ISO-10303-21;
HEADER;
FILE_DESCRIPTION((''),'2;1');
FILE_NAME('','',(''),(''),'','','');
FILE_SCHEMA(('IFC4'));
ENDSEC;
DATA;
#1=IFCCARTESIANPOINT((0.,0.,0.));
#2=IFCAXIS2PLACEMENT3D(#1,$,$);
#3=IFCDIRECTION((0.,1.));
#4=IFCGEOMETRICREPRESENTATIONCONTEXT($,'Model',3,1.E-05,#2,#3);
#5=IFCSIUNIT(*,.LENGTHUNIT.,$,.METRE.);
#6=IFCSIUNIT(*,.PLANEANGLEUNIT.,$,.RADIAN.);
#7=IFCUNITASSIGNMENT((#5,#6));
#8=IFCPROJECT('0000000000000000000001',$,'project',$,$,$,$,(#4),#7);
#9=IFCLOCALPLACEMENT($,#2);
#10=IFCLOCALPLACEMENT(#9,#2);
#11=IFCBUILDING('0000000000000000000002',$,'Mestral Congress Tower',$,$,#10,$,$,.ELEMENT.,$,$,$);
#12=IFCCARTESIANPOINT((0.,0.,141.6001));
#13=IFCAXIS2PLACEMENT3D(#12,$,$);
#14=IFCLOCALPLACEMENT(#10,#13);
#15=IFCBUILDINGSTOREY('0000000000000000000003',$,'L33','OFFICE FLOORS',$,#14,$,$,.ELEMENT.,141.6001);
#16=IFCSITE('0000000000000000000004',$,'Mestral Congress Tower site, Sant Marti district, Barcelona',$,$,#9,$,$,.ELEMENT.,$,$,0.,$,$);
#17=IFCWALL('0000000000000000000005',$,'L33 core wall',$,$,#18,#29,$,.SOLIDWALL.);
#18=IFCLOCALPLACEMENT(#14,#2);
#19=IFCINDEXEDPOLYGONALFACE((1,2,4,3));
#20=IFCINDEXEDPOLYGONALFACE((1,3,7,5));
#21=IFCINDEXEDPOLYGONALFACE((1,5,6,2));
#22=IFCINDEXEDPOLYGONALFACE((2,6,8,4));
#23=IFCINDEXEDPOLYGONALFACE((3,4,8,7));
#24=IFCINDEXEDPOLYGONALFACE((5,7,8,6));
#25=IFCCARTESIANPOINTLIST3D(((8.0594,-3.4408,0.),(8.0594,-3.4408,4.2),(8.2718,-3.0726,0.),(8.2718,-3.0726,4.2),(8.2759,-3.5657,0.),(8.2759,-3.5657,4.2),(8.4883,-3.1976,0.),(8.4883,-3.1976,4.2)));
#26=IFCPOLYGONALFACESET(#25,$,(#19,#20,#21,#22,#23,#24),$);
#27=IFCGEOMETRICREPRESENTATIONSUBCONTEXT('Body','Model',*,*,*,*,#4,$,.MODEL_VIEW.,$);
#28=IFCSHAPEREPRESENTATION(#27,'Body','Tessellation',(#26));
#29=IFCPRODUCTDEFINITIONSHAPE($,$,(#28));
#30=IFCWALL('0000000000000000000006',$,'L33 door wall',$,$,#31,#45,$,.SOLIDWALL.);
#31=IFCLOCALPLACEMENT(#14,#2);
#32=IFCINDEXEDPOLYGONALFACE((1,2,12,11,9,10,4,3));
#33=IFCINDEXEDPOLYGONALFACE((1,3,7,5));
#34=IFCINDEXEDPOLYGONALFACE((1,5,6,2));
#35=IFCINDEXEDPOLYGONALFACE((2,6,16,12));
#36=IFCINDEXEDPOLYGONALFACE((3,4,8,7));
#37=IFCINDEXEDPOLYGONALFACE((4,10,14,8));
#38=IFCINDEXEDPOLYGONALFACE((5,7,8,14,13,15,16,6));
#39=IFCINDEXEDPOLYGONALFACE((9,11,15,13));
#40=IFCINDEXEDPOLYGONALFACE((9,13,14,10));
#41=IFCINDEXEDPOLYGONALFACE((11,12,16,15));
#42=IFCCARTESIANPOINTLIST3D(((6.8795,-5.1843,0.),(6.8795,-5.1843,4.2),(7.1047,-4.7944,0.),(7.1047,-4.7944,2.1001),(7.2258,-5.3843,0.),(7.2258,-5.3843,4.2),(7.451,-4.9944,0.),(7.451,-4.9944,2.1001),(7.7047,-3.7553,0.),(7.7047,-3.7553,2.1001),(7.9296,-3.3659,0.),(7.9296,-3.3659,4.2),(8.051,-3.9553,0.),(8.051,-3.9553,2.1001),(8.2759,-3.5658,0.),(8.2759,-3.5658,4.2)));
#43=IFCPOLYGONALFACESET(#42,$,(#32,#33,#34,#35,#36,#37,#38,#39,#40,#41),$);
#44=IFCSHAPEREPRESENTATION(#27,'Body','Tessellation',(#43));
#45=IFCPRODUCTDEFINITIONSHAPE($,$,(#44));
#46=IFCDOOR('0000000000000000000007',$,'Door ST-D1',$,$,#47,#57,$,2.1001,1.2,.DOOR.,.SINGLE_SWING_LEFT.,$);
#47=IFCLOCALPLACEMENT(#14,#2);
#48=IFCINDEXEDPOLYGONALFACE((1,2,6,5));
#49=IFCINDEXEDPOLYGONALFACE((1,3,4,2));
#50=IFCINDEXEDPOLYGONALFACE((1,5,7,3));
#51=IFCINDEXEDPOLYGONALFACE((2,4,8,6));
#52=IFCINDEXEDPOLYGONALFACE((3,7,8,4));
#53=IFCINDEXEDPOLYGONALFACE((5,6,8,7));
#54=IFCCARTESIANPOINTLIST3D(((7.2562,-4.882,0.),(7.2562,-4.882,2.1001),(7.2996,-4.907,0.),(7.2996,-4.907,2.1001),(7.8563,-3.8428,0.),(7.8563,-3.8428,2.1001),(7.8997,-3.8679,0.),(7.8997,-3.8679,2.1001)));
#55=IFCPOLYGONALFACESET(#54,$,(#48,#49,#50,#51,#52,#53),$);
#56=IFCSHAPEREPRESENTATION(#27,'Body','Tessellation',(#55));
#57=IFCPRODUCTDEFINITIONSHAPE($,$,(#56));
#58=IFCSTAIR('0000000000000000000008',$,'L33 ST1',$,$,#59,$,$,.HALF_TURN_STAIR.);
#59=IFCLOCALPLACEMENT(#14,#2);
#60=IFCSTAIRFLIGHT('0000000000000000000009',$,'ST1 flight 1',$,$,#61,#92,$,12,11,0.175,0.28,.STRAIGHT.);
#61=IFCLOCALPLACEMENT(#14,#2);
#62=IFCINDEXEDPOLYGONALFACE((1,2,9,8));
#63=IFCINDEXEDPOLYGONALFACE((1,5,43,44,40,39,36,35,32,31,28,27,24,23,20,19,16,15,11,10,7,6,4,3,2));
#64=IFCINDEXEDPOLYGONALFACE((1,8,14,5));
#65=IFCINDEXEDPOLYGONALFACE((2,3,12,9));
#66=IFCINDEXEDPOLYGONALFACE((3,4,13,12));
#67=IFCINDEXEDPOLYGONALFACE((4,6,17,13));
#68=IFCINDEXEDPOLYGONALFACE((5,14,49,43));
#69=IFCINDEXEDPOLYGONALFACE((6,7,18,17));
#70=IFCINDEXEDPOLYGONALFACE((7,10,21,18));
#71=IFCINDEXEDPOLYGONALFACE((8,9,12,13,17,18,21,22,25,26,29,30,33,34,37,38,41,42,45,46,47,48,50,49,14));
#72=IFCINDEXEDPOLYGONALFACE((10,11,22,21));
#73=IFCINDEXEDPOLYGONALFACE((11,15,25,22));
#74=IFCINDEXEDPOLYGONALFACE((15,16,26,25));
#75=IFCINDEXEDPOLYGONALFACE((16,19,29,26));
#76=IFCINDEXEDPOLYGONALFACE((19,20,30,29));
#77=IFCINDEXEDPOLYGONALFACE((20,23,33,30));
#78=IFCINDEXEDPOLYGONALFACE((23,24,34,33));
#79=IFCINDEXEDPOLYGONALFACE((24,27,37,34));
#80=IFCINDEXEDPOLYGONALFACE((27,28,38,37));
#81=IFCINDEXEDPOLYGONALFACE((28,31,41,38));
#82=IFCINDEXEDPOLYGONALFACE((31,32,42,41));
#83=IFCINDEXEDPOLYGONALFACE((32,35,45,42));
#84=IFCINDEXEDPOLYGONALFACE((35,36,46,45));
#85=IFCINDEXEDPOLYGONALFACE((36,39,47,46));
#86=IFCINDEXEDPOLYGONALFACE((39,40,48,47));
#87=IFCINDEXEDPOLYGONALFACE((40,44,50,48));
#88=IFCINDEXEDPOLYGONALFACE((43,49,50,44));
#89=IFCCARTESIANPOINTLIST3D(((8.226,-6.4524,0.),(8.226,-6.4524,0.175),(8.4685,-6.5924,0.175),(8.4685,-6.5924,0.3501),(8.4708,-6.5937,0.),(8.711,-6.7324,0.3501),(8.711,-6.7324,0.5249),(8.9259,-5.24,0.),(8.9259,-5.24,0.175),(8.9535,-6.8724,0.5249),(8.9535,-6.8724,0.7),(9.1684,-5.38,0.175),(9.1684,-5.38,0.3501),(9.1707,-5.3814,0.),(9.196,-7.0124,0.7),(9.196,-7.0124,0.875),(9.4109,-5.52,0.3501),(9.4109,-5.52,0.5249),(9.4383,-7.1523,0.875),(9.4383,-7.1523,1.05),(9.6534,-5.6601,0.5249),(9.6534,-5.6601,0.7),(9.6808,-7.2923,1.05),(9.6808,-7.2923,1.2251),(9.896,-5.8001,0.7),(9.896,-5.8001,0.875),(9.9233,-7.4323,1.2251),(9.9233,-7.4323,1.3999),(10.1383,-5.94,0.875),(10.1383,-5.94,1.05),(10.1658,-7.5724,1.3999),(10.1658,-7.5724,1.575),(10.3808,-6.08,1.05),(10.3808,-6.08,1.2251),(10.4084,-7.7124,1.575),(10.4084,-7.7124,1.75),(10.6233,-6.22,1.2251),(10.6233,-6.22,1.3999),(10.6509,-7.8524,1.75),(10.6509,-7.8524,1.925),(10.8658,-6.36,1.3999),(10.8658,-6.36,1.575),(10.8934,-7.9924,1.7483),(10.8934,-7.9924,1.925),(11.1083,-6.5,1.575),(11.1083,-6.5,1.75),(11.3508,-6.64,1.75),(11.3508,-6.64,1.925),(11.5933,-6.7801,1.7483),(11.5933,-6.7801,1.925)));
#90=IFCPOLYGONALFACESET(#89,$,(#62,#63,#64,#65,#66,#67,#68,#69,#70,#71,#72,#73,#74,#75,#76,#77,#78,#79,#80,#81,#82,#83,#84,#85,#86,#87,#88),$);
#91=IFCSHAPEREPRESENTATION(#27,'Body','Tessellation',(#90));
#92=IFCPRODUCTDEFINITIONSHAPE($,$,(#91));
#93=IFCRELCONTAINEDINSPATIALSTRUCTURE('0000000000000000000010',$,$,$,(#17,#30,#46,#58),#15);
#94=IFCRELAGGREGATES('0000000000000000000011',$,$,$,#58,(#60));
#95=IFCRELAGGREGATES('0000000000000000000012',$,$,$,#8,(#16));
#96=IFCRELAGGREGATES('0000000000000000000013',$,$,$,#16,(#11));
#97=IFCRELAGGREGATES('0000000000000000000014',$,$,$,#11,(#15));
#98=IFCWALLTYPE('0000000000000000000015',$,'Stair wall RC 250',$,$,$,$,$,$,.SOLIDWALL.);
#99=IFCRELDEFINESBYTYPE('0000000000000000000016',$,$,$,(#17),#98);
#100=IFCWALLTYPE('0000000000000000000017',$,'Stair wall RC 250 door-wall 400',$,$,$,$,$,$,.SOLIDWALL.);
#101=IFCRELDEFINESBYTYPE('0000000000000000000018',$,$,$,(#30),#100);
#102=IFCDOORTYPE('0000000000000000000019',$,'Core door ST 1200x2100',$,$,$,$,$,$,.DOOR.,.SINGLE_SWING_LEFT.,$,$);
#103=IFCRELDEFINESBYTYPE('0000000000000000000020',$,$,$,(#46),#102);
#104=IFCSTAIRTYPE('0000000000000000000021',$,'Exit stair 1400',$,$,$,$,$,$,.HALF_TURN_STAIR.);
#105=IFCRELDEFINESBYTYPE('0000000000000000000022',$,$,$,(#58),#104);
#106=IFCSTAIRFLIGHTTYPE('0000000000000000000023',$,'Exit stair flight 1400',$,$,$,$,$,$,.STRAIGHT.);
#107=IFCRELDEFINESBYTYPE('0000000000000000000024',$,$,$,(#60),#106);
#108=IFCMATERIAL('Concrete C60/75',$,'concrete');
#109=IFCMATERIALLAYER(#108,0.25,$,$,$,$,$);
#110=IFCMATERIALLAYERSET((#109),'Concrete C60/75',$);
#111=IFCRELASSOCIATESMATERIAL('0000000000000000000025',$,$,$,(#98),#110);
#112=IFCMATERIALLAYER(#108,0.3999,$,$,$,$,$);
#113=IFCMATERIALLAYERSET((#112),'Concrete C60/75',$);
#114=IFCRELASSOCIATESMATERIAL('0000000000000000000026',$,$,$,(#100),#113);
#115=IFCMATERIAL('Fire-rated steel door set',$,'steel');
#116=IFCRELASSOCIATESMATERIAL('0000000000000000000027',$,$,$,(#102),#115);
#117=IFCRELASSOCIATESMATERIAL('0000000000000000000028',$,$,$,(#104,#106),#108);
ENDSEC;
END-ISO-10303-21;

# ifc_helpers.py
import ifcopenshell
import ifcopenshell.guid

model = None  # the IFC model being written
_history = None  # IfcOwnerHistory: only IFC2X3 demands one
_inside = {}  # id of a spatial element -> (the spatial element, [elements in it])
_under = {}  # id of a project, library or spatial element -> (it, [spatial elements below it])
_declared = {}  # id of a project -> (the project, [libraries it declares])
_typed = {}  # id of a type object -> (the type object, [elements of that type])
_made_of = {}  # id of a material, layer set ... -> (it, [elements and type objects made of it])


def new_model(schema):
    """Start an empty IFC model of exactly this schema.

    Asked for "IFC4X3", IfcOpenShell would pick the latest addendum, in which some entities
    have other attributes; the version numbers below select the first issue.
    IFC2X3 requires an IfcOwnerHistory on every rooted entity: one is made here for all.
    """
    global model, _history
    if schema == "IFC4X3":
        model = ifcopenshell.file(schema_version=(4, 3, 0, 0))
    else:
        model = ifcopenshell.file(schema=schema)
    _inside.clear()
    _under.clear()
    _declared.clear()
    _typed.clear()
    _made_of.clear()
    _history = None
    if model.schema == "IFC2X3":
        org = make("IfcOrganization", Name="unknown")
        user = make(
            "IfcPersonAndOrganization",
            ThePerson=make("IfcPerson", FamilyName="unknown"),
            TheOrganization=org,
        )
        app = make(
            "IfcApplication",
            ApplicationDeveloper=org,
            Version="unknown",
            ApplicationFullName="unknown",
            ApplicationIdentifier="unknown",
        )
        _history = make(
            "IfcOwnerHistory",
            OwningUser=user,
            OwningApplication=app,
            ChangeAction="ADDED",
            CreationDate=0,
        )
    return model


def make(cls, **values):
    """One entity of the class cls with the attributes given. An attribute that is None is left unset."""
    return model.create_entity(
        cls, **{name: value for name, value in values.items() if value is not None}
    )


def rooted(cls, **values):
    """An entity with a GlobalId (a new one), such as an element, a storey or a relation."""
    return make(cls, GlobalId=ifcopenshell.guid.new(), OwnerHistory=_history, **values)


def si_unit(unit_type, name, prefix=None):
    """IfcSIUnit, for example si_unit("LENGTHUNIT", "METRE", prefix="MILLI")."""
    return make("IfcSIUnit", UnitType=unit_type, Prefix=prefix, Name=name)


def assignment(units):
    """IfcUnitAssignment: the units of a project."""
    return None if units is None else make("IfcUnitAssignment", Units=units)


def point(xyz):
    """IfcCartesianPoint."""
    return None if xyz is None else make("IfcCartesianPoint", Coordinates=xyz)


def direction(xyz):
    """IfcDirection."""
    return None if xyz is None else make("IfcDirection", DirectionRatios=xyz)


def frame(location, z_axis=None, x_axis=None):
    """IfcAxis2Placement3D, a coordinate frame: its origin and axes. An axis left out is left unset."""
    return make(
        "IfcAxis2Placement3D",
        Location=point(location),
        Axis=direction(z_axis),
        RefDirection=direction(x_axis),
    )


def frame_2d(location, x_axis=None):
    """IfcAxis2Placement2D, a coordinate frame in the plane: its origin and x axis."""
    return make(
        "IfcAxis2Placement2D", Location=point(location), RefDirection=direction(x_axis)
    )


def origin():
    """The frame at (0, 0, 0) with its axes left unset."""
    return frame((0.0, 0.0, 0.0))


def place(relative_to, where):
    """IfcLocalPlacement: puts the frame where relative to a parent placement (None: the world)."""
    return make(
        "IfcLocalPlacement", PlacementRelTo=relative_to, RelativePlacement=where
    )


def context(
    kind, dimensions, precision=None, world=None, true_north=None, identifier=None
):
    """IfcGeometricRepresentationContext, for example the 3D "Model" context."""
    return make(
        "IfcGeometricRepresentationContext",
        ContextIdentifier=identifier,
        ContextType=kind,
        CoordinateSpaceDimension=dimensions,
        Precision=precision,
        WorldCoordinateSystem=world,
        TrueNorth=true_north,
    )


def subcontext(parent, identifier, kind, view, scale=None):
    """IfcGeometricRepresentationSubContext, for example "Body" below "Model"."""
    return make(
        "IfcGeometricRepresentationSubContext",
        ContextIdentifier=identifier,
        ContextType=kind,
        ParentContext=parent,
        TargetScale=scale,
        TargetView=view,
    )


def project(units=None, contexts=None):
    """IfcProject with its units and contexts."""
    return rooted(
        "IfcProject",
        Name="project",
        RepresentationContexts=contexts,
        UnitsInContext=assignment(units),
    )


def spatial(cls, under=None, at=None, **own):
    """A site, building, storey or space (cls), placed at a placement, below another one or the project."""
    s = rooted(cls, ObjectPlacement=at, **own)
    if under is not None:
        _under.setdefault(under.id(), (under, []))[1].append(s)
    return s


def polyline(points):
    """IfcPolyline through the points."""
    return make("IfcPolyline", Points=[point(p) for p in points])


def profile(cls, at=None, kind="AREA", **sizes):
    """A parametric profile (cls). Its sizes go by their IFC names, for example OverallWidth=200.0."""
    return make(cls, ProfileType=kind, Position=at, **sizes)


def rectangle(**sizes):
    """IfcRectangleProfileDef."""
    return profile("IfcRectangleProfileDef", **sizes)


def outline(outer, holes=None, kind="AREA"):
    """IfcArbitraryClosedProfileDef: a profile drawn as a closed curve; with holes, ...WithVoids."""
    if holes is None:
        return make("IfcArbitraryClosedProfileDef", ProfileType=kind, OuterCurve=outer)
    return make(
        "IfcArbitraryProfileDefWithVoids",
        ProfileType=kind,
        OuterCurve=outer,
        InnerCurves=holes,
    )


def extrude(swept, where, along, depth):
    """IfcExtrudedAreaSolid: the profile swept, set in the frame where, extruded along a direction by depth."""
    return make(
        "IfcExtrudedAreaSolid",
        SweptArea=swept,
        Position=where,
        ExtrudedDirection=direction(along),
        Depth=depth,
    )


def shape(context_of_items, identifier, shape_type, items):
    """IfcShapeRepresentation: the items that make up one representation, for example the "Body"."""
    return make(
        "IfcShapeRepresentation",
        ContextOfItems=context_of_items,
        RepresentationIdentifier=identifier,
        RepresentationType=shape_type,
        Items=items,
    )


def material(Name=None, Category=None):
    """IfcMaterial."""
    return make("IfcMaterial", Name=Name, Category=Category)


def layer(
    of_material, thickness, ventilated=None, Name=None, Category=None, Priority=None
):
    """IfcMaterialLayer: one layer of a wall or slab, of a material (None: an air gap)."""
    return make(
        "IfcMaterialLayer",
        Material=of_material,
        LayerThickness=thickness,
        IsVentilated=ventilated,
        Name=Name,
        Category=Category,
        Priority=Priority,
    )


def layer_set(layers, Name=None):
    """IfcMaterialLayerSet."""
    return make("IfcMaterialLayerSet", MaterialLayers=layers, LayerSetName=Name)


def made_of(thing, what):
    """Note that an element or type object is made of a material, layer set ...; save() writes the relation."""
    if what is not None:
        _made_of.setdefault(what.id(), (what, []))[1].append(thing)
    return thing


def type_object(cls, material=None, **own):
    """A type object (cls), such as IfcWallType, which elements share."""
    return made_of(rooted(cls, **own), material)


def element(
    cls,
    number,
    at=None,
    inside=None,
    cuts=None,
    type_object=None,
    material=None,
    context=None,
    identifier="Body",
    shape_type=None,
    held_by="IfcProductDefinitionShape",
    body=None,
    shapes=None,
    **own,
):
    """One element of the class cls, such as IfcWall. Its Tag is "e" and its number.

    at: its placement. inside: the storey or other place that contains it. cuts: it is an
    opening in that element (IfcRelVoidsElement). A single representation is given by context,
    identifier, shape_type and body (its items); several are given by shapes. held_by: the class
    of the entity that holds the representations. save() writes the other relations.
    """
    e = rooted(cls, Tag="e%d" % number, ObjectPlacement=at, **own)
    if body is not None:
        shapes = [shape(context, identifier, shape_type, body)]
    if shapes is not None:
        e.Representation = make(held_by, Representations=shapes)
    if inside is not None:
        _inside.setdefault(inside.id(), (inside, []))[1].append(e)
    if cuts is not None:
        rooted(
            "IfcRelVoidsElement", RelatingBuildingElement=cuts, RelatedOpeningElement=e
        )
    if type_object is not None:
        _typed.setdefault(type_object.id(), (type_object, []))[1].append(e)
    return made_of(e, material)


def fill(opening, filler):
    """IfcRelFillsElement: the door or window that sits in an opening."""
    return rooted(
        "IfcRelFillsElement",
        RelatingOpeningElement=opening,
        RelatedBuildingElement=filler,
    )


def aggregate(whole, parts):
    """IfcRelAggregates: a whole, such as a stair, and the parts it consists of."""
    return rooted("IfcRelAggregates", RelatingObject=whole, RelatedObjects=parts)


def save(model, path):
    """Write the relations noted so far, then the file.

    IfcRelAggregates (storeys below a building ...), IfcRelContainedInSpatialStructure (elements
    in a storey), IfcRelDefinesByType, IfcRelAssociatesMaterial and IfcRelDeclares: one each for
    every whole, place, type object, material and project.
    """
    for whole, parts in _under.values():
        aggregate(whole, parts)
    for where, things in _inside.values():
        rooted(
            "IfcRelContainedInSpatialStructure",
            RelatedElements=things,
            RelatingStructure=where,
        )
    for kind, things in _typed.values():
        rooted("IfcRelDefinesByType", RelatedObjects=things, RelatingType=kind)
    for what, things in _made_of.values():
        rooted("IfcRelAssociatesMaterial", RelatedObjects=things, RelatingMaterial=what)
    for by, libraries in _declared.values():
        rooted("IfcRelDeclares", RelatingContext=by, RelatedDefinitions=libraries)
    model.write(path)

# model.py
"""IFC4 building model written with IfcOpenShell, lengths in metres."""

from ifc_helpers import new_model, si_unit, direction, frame, frame_2d, origin, place, context, subcontext, project, spatial, polyline, rectangle, outline, extrude, material, layer, layer_set, type_object, element, fill, aggregate, save


model = new_model("IFC4")

# Units and contexts
model_context = context("Model", 3, precision=1e-05, world=origin(), true_north=direction((0.0, 1.0)))
body_context = subcontext(model_context, "Body", "Model", "MODEL_VIEW")
ifc_project = project(units=[si_unit("LENGTHUNIT", "METRE"), si_unit("PLANEANGLEUNIT", "RADIAN")], contexts=[model_context])

# Site, building, storey
site_placement = place(None, origin())
site = spatial("IfcSite", under=ifc_project, at=site_placement, Name="Mestral Congress Tower site, Sant Marti district, Barcelona", CompositionType="ELEMENT", RefElevation=0.0)
building_placement = place(site_placement, origin())
building = spatial("IfcBuilding", under=site, at=building_placement, Name="Mestral Congress Tower", CompositionType="ELEMENT")
storey_placement = place(building_placement, frame((0.0, 0.0, 141.6001)))
storey = spatial("IfcBuildingStorey", under=building, at=storey_placement, Name="L33", Description="OFFICE FLOORS", CompositionType="ELEMENT", Elevation=141.6001)

# Shared definitions
ifc_material_1 = material(Name="Concrete C60/75", Category="concrete")

# Shared definitions
ifc_material_2 = material(Name="Fire-rated steel door set", Category="steel")

# Wall
ifc_layer_1 = layer(ifc_material_1, 0.25)
ifc_layer_set_1 = layer_set([ifc_layer_1], Name="Concrete C60/75")
wall_type_1 = type_object("IfcWallType", Name="Stair wall RC 250", PredefinedType="SOLIDWALL", material=ifc_layer_set_1)
wall_1_placement = place(storey_placement, frame((8.1677, -3.5032, 0.0), z_axis=(0.0, 0.0, 1.0), x_axis=(0.499722, 0.866186, 0.0)))
element("IfcWall", 1, at=wall_1_placement, inside=storey, type_object=wall_type_1, Name="L33 core wall", PredefinedType="SOLIDWALL", context=body_context, shape_type="SweptSolid", body=[
    extrude(rectangle(XDim=0.425, YDim=0.25, at=frame_2d((0.2124, 0.0))), origin(), (0.0, 0.0, 1.0), 4.2),
])

# Wall, opening, door
ifc_layer_2 = layer(ifc_material_1, 0.3999)
ifc_layer_set_2 = layer_set([ifc_layer_2], Name="Concrete C60/75")
wall_type_2 = type_object("IfcWallType", Name="Stair wall RC 250 door-wall 400", PredefinedType="SOLIDWALL", material=ifc_layer_set_2)
wall_2_placement = place(storey_placement, frame((7.0527, -5.2842, 0.0), z_axis=(0.0, 0.0, 1.0), x_axis=(0.500078, 0.86598, 0.0)))
wall_2 = element("IfcWall", 2, at=wall_2_placement, inside=storey, type_object=wall_type_2, Name="L33 door wall", PredefinedType="SOLIDWALL", context=body_context, shape_type="SweptSolid", body=[
    extrude(rectangle(XDim=2.0999, YDim=0.3999, at=frame_2d((1.0498, 0.0))), origin(), (0.0, 0.0, 1.0), 4.2),
])
opening_1_placement = place(wall_2_placement, frame((0.45, 0.0, 0.0)))
opening_1 = element("IfcOpeningElement", 3, at=opening_1_placement, cuts=wall_2, PredefinedType="OPENING", context=body_context, shape_type="SweptSolid", body=[
    extrude(rectangle(XDim=1.2, YDim=2.1001, at=frame_2d((0.6001, 1.05))), frame((0.0, 0.21, 0.0), z_axis=(0.0, -1.0, 0.0), x_axis=(1.0, 0.0, 0.0)), (0.0, 0.0, 1.0), 0.4199),
])
door_type_1 = type_object("IfcDoorType", Name="Core door ST 1200x2100", OperationType="SINGLE_SWING_LEFT", PredefinedType="DOOR", material=ifc_material_2)
door_1_placement = place(opening_1_placement, origin())
door_1 = element("IfcDoor", 4, at=door_1_placement, inside=storey, type_object=door_type_1, Name="Door ST-D1", OperationType="SINGLE_SWING_LEFT", OverallHeight=2.1001, OverallWidth=1.2, PredefinedType="DOOR", context=body_context, shape_type="SweptSolid", body=[
    extrude(rectangle(XDim=1.2, YDim=2.1001, at=frame_2d((0.6001, 1.05))), frame((0.0, 0.0249, 0.0), z_axis=(0.0, -1.0, 0.0), x_axis=(1.0, 0.0, 0.0)), (0.0, 0.0, 1.0), 0.05),
])
fill(opening_1, door_1)

# Stair, stair flight
stair_type = type_object("IfcStairType", Name="Exit stair 1400", PredefinedType="HALF_TURN_STAIR", material=ifc_material_1)
stair_placement = place(storey_placement, origin())
stair = element("IfcStair", 5, at=stair_placement, inside=storey, type_object=stair_type, Name="L33 ST1", PredefinedType="HALF_TURN_STAIR")
stair_flight_type = type_object("IfcStairFlightType", Name="Exit stair flight 1400", PredefinedType="STRAIGHT", material=ifc_material_1)
stair_flight_placement = place(storey_placement, frame((8.5759, -5.8462, 0.0), z_axis=(0.0, 0.0, 1.0), x_axis=(0.866025, -0.5, 0.0)))
stair_flight = element("IfcStairFlight", 6, at=stair_flight_placement, type_object=stair_flight_type, Name="ST1 flight 1", NumberOfRisers=12, NumberOfTreads=11, PredefinedType="STRAIGHT", RiserHeight=0.175, TreadLength=0.28, context=body_context, shape_type="SweptSolid", body=[
    extrude(outline(polyline([(0.0, 0.0), (0.0, 0.175), (0.28, 0.175), (0.28, 0.3501), (0.5601, 0.3501), (0.5601, 0.5249), (0.8401, 0.5249), (0.8401, 0.7), (1.1201, 0.7), (1.1201, 0.875), (1.3999, 0.875), (1.3999, 1.05), (1.6799, 1.05), (1.6799, 1.2251), (1.96, 1.2251), (1.96, 1.3999), (2.24, 1.3999), (2.24, 1.575), (2.52, 1.575), (2.52, 1.75), (2.8, 1.75), (2.8, 1.925), (3.0801, 1.925), (3.0801, 2.1001), (3.0801, 1.7483), (0.2827, 0.0), (0.0, 0.0)])), frame((0.0, 0.7, 0.0), z_axis=(0.0, -1.0, 0.0), x_axis=(1.0, 0.0, 0.0)), (0.0, 0.0, 1.0), 1.3999),
])
aggregate(stair, [stair_flight])

save(model, "model.ifc")
